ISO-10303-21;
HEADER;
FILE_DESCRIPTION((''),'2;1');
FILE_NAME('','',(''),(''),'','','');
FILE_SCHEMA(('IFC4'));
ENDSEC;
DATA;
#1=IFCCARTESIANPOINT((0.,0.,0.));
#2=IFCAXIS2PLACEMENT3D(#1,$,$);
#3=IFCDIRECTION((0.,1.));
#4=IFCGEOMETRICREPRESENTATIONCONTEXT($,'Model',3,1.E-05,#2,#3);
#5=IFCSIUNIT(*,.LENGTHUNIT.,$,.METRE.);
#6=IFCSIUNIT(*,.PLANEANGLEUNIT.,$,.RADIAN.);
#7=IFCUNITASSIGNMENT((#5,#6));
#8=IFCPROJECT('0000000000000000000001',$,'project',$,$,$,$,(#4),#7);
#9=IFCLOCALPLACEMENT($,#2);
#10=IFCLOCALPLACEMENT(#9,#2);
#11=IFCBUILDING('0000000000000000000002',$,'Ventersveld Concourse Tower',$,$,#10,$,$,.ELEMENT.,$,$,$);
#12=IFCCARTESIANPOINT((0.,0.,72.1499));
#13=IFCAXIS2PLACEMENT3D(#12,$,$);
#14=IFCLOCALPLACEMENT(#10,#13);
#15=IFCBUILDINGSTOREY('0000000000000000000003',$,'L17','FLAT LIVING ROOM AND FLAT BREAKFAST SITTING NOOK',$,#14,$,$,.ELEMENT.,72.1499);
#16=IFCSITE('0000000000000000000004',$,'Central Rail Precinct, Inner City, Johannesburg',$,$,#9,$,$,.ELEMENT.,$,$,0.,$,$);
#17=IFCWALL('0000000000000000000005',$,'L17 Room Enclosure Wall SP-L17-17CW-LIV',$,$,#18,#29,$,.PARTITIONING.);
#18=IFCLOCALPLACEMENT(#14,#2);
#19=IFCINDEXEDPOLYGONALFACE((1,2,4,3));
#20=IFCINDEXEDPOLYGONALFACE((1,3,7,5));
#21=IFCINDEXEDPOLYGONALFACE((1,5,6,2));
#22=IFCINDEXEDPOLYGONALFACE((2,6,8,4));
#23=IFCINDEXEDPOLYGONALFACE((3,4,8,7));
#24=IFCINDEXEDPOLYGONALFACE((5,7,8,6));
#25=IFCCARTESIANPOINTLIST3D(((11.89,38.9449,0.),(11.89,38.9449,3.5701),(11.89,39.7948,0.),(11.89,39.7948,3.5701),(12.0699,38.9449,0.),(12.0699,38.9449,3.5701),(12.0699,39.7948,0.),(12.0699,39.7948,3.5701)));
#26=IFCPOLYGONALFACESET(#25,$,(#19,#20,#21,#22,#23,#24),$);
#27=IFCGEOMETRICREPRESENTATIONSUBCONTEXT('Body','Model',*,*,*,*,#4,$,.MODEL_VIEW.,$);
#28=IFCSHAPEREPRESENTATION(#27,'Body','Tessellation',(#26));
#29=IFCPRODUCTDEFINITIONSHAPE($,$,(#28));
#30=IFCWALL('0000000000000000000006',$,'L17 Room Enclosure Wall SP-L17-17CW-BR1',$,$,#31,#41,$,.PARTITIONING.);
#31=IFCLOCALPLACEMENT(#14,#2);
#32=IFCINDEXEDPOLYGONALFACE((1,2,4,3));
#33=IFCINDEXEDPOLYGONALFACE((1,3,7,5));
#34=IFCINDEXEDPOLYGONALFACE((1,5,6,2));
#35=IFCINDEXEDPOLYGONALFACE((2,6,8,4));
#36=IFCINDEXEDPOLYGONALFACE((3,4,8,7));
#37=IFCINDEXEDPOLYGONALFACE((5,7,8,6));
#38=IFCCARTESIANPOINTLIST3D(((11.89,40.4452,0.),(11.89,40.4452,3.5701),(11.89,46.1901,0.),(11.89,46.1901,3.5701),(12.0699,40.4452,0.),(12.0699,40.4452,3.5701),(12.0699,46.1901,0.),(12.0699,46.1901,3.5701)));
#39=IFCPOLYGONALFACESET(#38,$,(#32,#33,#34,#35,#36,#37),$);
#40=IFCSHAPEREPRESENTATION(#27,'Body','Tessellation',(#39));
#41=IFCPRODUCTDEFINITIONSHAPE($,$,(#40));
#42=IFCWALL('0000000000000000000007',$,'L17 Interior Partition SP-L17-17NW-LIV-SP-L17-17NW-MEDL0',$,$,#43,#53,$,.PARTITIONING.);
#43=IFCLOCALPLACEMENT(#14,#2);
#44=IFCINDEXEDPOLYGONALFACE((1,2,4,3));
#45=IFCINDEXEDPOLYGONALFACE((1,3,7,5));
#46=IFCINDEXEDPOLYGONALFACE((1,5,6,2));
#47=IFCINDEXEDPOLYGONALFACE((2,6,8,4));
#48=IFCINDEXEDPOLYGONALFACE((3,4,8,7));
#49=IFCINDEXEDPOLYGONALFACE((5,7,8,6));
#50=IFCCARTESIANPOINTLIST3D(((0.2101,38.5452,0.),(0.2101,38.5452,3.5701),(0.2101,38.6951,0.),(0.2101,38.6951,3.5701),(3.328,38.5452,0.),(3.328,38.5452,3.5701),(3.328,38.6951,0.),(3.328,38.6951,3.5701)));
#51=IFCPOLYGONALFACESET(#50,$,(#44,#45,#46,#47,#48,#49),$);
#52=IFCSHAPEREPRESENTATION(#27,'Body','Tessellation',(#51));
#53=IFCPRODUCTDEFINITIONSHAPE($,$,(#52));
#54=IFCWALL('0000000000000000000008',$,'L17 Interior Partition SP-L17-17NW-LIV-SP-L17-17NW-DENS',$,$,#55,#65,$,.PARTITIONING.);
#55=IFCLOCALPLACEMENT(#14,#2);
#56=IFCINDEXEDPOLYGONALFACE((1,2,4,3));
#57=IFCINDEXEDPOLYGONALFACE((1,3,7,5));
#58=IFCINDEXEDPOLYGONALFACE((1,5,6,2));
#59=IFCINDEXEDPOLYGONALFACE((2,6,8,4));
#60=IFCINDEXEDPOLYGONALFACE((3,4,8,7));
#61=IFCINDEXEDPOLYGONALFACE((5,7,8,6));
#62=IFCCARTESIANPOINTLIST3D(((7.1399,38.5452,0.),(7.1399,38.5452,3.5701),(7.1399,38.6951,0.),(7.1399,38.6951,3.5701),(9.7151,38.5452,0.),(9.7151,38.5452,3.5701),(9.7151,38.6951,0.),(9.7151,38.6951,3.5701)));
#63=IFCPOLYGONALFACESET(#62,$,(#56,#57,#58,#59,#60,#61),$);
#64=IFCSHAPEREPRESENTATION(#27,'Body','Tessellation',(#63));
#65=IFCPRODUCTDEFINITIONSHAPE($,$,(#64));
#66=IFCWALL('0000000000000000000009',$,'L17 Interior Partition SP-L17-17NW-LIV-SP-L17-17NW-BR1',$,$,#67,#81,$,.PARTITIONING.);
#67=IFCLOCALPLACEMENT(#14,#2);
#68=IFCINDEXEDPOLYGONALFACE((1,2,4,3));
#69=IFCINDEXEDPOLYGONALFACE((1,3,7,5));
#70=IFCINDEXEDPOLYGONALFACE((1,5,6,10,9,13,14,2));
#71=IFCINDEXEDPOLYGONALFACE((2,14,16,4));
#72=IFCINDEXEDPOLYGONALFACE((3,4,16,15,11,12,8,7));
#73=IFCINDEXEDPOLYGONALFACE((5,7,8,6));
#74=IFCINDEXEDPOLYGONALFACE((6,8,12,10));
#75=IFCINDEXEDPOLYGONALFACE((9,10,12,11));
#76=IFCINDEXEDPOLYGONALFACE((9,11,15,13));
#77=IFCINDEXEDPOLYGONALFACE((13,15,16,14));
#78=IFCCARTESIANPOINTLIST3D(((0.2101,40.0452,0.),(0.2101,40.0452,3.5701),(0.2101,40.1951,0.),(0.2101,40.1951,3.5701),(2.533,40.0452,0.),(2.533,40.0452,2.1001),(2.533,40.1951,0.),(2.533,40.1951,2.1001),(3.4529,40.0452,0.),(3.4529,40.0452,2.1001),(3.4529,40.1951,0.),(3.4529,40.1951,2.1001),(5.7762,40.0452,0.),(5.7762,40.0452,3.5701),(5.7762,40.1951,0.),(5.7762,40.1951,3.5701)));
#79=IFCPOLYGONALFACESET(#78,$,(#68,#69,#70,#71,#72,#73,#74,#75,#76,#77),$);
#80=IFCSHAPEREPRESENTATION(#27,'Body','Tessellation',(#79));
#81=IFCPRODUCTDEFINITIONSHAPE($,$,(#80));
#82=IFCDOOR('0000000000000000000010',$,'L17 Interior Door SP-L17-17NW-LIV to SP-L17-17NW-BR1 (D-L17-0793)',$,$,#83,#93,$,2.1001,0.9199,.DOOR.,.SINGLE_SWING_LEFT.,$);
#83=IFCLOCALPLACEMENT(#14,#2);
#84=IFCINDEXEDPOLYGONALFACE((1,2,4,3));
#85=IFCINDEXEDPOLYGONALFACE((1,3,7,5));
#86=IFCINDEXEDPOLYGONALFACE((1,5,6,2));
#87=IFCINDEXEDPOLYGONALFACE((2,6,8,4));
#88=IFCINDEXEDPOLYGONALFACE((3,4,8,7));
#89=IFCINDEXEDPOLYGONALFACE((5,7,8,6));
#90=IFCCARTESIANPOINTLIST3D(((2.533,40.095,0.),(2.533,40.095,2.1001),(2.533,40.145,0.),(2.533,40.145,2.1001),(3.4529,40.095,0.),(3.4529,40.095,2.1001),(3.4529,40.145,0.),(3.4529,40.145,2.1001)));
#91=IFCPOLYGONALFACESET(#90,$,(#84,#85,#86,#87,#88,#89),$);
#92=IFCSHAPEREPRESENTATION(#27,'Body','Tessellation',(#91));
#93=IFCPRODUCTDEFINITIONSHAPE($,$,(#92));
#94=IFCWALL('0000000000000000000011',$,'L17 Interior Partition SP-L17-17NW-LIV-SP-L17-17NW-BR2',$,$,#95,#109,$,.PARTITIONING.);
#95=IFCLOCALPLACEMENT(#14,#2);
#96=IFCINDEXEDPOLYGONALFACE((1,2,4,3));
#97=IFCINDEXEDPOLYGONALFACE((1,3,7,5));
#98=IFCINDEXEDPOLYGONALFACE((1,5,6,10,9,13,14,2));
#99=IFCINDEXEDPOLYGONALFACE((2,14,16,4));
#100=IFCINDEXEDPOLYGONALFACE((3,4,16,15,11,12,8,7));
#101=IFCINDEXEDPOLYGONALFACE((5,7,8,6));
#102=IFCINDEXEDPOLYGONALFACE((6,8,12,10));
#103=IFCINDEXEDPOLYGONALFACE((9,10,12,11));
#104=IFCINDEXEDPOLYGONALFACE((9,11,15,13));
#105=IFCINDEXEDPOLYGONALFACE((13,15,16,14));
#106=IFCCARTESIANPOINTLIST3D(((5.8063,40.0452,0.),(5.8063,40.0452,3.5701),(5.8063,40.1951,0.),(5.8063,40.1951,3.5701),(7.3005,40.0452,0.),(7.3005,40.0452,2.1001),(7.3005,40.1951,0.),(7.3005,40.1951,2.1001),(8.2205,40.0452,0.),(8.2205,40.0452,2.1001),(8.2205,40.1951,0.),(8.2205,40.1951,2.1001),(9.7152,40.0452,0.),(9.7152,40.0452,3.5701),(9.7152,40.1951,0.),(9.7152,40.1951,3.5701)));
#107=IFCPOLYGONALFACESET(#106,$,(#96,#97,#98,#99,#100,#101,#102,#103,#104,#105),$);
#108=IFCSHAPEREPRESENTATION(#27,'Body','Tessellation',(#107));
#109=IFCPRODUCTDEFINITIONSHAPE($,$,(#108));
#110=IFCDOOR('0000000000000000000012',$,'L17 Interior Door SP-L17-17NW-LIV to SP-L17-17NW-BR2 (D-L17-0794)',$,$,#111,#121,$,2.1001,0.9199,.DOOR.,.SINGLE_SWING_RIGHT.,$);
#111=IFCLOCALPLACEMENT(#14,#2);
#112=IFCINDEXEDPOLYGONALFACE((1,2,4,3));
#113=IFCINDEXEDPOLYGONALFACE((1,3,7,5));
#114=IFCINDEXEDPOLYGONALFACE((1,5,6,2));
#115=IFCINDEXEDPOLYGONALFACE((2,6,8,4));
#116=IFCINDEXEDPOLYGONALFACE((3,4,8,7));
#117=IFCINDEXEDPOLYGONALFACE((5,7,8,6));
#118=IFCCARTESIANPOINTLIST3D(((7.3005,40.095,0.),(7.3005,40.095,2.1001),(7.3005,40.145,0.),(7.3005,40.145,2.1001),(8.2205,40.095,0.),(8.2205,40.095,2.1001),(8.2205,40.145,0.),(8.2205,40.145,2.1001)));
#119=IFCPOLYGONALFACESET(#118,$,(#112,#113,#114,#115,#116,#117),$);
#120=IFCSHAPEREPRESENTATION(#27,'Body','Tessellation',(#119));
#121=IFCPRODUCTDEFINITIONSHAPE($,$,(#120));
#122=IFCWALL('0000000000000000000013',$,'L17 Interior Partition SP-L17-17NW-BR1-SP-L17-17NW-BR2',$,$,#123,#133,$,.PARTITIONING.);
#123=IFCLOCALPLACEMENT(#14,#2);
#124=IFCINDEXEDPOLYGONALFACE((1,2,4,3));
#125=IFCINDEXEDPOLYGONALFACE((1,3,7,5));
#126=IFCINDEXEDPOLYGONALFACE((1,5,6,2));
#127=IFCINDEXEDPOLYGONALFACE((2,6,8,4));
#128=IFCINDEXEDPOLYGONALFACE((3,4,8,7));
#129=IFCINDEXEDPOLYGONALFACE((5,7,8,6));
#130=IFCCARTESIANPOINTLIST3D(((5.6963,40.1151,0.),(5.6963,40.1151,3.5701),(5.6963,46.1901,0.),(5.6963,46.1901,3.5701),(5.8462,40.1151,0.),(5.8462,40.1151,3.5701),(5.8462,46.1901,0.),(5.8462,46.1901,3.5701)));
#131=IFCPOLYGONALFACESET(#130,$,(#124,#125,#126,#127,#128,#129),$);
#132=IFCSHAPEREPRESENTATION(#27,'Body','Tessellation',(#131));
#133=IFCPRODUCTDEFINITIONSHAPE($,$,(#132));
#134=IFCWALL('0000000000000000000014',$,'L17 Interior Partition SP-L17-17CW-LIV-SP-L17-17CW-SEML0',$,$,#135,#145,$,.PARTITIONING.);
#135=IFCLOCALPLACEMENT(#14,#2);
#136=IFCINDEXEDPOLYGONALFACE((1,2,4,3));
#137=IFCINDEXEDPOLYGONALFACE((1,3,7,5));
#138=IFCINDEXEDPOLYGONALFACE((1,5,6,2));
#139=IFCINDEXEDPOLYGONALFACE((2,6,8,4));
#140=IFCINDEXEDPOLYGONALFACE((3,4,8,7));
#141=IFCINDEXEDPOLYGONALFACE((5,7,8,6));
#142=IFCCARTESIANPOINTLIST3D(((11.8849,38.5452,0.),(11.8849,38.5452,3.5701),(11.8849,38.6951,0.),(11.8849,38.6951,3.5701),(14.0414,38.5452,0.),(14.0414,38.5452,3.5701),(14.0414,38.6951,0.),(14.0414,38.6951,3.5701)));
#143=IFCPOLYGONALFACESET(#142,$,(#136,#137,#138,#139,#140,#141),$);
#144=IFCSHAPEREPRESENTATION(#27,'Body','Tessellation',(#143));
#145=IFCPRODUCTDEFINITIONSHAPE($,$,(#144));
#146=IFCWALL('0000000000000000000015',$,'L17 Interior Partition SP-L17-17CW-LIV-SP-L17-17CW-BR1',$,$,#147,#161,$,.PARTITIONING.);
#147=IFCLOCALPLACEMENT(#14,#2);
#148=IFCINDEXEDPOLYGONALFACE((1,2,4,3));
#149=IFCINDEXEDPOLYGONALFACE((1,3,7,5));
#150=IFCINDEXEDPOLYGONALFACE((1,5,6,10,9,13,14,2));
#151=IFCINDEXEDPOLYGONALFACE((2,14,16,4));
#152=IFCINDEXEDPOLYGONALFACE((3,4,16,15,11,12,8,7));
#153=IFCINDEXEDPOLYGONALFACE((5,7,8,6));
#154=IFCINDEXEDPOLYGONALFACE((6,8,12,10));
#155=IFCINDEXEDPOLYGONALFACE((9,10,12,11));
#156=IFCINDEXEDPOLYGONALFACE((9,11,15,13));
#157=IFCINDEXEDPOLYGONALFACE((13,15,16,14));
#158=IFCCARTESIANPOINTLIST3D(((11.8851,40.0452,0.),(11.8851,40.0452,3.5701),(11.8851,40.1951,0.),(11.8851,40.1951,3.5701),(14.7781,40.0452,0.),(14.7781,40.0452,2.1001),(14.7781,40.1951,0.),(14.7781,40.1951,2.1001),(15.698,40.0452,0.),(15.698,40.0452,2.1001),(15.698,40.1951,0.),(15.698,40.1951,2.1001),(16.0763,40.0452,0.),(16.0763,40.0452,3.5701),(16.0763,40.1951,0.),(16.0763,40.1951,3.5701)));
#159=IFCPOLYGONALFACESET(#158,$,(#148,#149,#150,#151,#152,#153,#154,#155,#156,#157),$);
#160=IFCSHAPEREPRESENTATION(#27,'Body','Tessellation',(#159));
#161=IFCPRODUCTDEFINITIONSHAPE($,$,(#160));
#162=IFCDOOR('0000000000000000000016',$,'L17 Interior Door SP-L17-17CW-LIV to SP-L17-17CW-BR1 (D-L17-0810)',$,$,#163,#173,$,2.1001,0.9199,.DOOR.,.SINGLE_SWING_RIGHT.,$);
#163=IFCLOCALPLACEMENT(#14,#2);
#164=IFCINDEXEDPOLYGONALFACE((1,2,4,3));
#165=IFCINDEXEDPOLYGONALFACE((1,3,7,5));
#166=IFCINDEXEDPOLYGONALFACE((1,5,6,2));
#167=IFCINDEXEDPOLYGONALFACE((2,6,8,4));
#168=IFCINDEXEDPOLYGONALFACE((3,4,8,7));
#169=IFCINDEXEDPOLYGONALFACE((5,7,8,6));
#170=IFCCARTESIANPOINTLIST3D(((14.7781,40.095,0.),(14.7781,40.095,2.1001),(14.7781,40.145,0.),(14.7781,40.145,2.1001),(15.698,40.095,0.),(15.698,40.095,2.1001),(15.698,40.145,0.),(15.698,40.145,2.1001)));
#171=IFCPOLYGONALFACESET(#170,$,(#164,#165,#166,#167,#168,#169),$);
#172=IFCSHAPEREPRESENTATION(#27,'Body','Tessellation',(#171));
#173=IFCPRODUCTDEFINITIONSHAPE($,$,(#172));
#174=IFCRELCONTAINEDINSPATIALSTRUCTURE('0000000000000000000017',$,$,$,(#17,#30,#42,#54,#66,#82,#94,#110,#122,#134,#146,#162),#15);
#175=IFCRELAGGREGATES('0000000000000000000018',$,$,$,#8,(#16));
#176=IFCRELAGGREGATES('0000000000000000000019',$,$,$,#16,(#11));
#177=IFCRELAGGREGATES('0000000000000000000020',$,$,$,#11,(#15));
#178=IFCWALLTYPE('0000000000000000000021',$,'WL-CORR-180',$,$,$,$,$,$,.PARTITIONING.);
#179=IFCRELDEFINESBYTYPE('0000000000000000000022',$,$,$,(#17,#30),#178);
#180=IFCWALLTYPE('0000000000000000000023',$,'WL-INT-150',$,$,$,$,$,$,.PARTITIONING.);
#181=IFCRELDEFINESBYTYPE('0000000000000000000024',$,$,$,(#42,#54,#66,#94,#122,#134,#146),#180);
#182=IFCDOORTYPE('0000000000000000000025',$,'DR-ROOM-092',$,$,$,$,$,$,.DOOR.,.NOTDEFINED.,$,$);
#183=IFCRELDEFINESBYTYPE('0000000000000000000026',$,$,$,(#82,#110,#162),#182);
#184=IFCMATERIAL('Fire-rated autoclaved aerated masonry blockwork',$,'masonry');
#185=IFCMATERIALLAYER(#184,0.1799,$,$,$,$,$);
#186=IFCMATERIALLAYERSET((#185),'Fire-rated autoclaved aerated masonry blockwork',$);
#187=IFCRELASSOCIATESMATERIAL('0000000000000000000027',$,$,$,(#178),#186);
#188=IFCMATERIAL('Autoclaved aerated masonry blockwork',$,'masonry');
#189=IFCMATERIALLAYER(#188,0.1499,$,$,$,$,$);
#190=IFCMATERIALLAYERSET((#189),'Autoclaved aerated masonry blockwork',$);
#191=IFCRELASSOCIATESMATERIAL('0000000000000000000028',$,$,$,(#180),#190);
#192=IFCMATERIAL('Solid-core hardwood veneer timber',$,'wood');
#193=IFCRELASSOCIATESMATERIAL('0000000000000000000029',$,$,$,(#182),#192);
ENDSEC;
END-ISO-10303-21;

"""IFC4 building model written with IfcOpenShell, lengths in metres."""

from ifc_helpers import new_model, si_unit, direction, frame, frame_2d, origin, place, context, subcontext, project, spatial, rectangle, extrude, material, layer, layer_set, type_object, element, fill, save


model = new_model("IFC4")

# Units and contexts
model_context = context("Model", 3, precision=1e-05, world=origin(), true_north=direction((0.0, 1.0)))
body_context = subcontext(model_context, "Body", "Model", "MODEL_VIEW")
ifc_project = project(units=[si_unit("LENGTHUNIT", "METRE"), si_unit("PLANEANGLEUNIT", "RADIAN")], contexts=[model_context])

# Site, building, storey
site_placement = place(None, origin())
site = spatial("IfcSite", under=ifc_project, at=site_placement, Name="Central Rail Precinct, Inner City, Johannesburg", CompositionType="ELEMENT", RefElevation=0.0)
building_placement = place(site_placement, origin())
building = spatial("IfcBuilding", under=site, at=building_placement, Name="Ventersveld Concourse Tower", CompositionType="ELEMENT")
storey_placement = place(building_placement, frame((0.0, 0.0, 72.1499)))
storey = spatial("IfcBuildingStorey", under=building, at=storey_placement, Name="L17", Description="FLAT LIVING ROOM AND FLAT BREAKFAST SITTING NOOK", CompositionType="ELEMENT", Elevation=72.1499)

# Walls
ifc_material_1 = material(Name="Fire-rated autoclaved aerated masonry blockwork", Category="masonry")
ifc_layer_1 = layer(ifc_material_1, 0.1799)
ifc_layer_set_1 = layer_set([ifc_layer_1], Name="Fire-rated autoclaved aerated masonry blockwork")
wall_type_1 = type_object("IfcWallType", Name="WL-CORR-180", PredefinedType="PARTITIONING", material=ifc_layer_set_1)
wall_1_placement = place(storey_placement, frame((11.98, 38.9451, 0.0), z_axis=(0.0, 0.0, 1.0), x_axis=(0.0, 1.0, 0.0)))
element("IfcWall", 1, at=wall_1_placement, inside=storey, type_object=wall_type_1, Name="L17 Room Enclosure Wall SP-L17-17CW-LIV", PredefinedType="PARTITIONING", context=body_context, shape_type="SweptSolid", body=[
    extrude(rectangle(XDim=0.8499, YDim=0.1799, at=frame_2d((0.4248, 0.0))), origin(), (0.0, 0.0, 1.0), 3.5701),
])
wall_2_placement = place(storey_placement, frame((11.98, 40.4451, 0.0), z_axis=(0.0, 0.0, 1.0), x_axis=(0.0, 1.0, 0.0)))
element("IfcWall", 2, at=wall_2_placement, inside=storey, type_object=wall_type_1, Name="L17 Room Enclosure Wall SP-L17-17CW-BR1", PredefinedType="PARTITIONING", context=body_context, shape_type="SweptSolid", body=[
    extrude(rectangle(XDim=5.7449, YDim=0.1799, at=frame_2d((2.8726, 0.0))), origin(), (0.0, 0.0, 1.0), 3.5701),
])
ifc_material_2 = material(Name="Autoclaved aerated masonry blockwork", Category="masonry")
ifc_layer_2 = layer(ifc_material_2, 0.1499)
ifc_layer_set_2 = layer_set([ifc_layer_2], Name="Autoclaved aerated masonry blockwork")
wall_type_2 = type_object("IfcWallType", Name="WL-INT-150", PredefinedType="PARTITIONING", material=ifc_layer_set_2)
wall_3_placement = place(storey_placement, frame((0.21, 38.6201, 0.0), z_axis=(0.0, 0.0, 1.0), x_axis=(1.0, 0.0, 0.0)))
element("IfcWall", 3, at=wall_3_placement, inside=storey, type_object=wall_type_2, Name="L17 Interior Partition SP-L17-17NW-LIV-SP-L17-17NW-MEDL0", PredefinedType="PARTITIONING", context=body_context, shape_type="SweptSolid", body=[
    extrude(rectangle(XDim=3.1179, YDim=0.1499, at=frame_2d((1.5591, 0.0))), origin(), (0.0, 0.0, 1.0), 3.5701),
])
wall_4_placement = place(storey_placement, frame((7.1399, 38.6201, 0.0), z_axis=(0.0, 0.0, 1.0), x_axis=(1.0, 0.0, 0.0)))
element("IfcWall", 4, at=wall_4_placement, inside=storey, type_object=wall_type_2, Name="L17 Interior Partition SP-L17-17NW-LIV-SP-L17-17NW-DENS", PredefinedType="PARTITIONING", context=body_context, shape_type="SweptSolid", body=[
    extrude(rectangle(XDim=2.5752, YDim=0.1499, at=frame_2d((1.2876, 0.0))), origin(), (0.0, 0.0, 1.0), 3.5701),
])

# Walls, openings, doors
wall_5_placement = place(storey_placement, frame((0.21, 40.1201, 0.0), z_axis=(0.0, 0.0, 1.0), x_axis=(1.0, 0.0, 0.0)))
wall_5 = element("IfcWall", 5, at=wall_5_placement, inside=storey, type_object=wall_type_2, Name="L17 Interior Partition SP-L17-17NW-LIV-SP-L17-17NW-BR1", PredefinedType="PARTITIONING", context=body_context, shape_type="SweptSolid", body=[
    extrude(rectangle(XDim=5.5662, YDim=0.1499, at=frame_2d((2.7832, 0.0))), origin(), (0.0, 0.0, 1.0), 3.5701),
])
opening_1_placement = place(wall_5_placement, frame((2.323, 0.0, 0.0)))
opening_1 = element("IfcOpeningElement", 6, at=opening_1_placement, cuts=wall_5, PredefinedType="OPENING", context=body_context, shape_type="SweptSolid", body=[
    extrude(rectangle(XDim=0.9199, YDim=2.1001, at=frame_2d((0.46, 1.05))), frame((0.0, 0.085, 0.0), z_axis=(0.0, -1.0, 0.0), x_axis=(1.0, 0.0, 0.0)), (0.0, 0.0, 1.0), 0.1699),
])
ifc_material_3 = material(Name="Solid-core hardwood veneer timber", Category="wood")
door_type = type_object("IfcDoorType", Name="DR-ROOM-092", OperationType="NOTDEFINED", PredefinedType="DOOR", material=ifc_material_3)
door_1_placement = place(opening_1_placement, origin())
door_1 = element("IfcDoor", 7, at=door_1_placement, inside=storey, type_object=door_type, Name="L17 Interior Door SP-L17-17NW-LIV to SP-L17-17NW-BR1 (D-L17-0793)", OperationType="SINGLE_SWING_LEFT", OverallHeight=2.1001, OverallWidth=0.9199, PredefinedType="DOOR", context=body_context, shape_type="SweptSolid", body=[
    extrude(rectangle(XDim=0.9199, YDim=2.1001, at=frame_2d((0.46, 1.05))), frame((0.0, 0.0249, 0.0), z_axis=(0.0, -1.0, 0.0), x_axis=(1.0, 0.0, 0.0)), (0.0, 0.0, 1.0), 0.05),
])
fill(opening_1, door_1)
wall_6_placement = place(storey_placement, frame((5.8062, 40.1201, 0.0), z_axis=(0.0, 0.0, 1.0), x_axis=(1.0, 0.0, 0.0)))
wall_6 = element("IfcWall", 8, at=wall_6_placement, inside=storey, type_object=wall_type_2, Name="L17 Interior Partition SP-L17-17NW-LIV-SP-L17-17NW-BR2", PredefinedType="PARTITIONING", context=body_context, shape_type="SweptSolid", body=[
    extrude(rectangle(XDim=3.9089, YDim=0.1499, at=frame_2d((1.9546, 0.0))), origin(), (0.0, 0.0, 1.0), 3.5701),
])
opening_2_placement = place(wall_6_placement, frame((1.4944, 0.0, 0.0)))
opening_2 = element("IfcOpeningElement", 9, at=opening_2_placement, cuts=wall_6, PredefinedType="OPENING", context=body_context, shape_type="SweptSolid", body=[
    extrude(rectangle(XDim=0.9199, YDim=2.1001, at=frame_2d((0.46, 1.05))), frame((0.0, 0.085, 0.0), z_axis=(0.0, -1.0, 0.0), x_axis=(1.0, 0.0, 0.0)), (0.0, 0.0, 1.0), 0.1699),
])
door_2_placement = place(opening_2_placement, origin())
door_2 = element("IfcDoor", 10, at=door_2_placement, inside=storey, type_object=door_type, Name="L17 Interior Door SP-L17-17NW-LIV to SP-L17-17NW-BR2 (D-L17-0794)", OperationType="SINGLE_SWING_RIGHT", OverallHeight=2.1001, OverallWidth=0.9199, PredefinedType="DOOR", context=body_context, shape_type="SweptSolid", body=[
    extrude(rectangle(XDim=0.9199, YDim=2.1001, at=frame_2d((0.46, 1.05))), frame((0.0, 0.0249, 0.0), z_axis=(0.0, -1.0, 0.0), x_axis=(1.0, 0.0, 0.0)), (0.0, 0.0, 1.0), 0.05),
])
fill(opening_2, door_2)

# Walls
wall_7_placement = place(storey_placement, frame((5.7712, 40.115, 0.0), z_axis=(0.0, 0.0, 1.0), x_axis=(0.0, 1.0, 0.0)))
element("IfcWall", 11, at=wall_7_placement, inside=storey, type_object=wall_type_2, Name="L17 Interior Partition SP-L17-17NW-BR1-SP-L17-17NW-BR2", PredefinedType="PARTITIONING", context=body_context, shape_type="SweptSolid", body=[
    extrude(rectangle(XDim=6.075, YDim=0.1499, at=frame_2d((3.0376, 0.0))), origin(), (0.0, 0.0, 1.0), 3.5701),
])
wall_8_placement = place(storey_placement, frame((11.885, 38.6201, 0.0), z_axis=(0.0, 0.0, 1.0), x_axis=(1.0, 0.0, 0.0)))
element("IfcWall", 12, at=wall_8_placement, inside=storey, type_object=wall_type_2, Name="L17 Interior Partition SP-L17-17CW-LIV-SP-L17-17CW-SEML0", PredefinedType="PARTITIONING", context=body_context, shape_type="SweptSolid", body=[
    extrude(rectangle(XDim=2.1565, YDim=0.1499, at=frame_2d((1.0781, 0.0))), origin(), (0.0, 0.0, 1.0), 3.5701),
])

# Wall, opening, door
wall_9_placement = place(storey_placement, frame((11.885, 40.1201, 0.0), z_axis=(0.0, 0.0, 1.0), x_axis=(1.0, 0.0, 0.0)))
wall_9 = element("IfcWall", 13, at=wall_9_placement, inside=storey, type_object=wall_type_2, Name="L17 Interior Partition SP-L17-17CW-LIV-SP-L17-17CW-BR1", PredefinedType="PARTITIONING", context=body_context, shape_type="SweptSolid", body=[
    extrude(rectangle(XDim=4.1912, YDim=0.1499, at=frame_2d((2.0957, 0.0))), origin(), (0.0, 0.0, 1.0), 3.5701),
])
opening_3_placement = place(wall_9_placement, frame((2.8931, 0.0, 0.0)))
opening_3 = element("IfcOpeningElement", 14, at=opening_3_placement, cuts=wall_9, PredefinedType="OPENING", context=body_context, shape_type="SweptSolid", body=[
    extrude(rectangle(XDim=0.9199, YDim=2.1001, at=frame_2d((0.46, 1.05))), frame((0.0, 0.085, 0.0), z_axis=(0.0, -1.0, 0.0), x_axis=(1.0, 0.0, 0.0)), (0.0, 0.0, 1.0), 0.1699),
])
door_3_placement = place(opening_3_placement, origin())
door_3 = element("IfcDoor", 15, at=door_3_placement, inside=storey, type_object=door_type, Name="L17 Interior Door SP-L17-17CW-LIV to SP-L17-17CW-BR1 (D-L17-0810)", OperationType="SINGLE_SWING_RIGHT", OverallHeight=2.1001, OverallWidth=0.9199, PredefinedType="DOOR", context=body_context, shape_type="SweptSolid", body=[
    extrude(rectangle(XDim=0.9199, YDim=2.1001, at=frame_2d((0.46, 1.05))), frame((0.0, 0.0249, 0.0), z_axis=(0.0, -1.0, 0.0), x_axis=(1.0, 0.0, 0.0)), (0.0, 0.0, 1.0), 0.05),
])
fill(opening_3, door_3)

save(model, "model.ifc")
